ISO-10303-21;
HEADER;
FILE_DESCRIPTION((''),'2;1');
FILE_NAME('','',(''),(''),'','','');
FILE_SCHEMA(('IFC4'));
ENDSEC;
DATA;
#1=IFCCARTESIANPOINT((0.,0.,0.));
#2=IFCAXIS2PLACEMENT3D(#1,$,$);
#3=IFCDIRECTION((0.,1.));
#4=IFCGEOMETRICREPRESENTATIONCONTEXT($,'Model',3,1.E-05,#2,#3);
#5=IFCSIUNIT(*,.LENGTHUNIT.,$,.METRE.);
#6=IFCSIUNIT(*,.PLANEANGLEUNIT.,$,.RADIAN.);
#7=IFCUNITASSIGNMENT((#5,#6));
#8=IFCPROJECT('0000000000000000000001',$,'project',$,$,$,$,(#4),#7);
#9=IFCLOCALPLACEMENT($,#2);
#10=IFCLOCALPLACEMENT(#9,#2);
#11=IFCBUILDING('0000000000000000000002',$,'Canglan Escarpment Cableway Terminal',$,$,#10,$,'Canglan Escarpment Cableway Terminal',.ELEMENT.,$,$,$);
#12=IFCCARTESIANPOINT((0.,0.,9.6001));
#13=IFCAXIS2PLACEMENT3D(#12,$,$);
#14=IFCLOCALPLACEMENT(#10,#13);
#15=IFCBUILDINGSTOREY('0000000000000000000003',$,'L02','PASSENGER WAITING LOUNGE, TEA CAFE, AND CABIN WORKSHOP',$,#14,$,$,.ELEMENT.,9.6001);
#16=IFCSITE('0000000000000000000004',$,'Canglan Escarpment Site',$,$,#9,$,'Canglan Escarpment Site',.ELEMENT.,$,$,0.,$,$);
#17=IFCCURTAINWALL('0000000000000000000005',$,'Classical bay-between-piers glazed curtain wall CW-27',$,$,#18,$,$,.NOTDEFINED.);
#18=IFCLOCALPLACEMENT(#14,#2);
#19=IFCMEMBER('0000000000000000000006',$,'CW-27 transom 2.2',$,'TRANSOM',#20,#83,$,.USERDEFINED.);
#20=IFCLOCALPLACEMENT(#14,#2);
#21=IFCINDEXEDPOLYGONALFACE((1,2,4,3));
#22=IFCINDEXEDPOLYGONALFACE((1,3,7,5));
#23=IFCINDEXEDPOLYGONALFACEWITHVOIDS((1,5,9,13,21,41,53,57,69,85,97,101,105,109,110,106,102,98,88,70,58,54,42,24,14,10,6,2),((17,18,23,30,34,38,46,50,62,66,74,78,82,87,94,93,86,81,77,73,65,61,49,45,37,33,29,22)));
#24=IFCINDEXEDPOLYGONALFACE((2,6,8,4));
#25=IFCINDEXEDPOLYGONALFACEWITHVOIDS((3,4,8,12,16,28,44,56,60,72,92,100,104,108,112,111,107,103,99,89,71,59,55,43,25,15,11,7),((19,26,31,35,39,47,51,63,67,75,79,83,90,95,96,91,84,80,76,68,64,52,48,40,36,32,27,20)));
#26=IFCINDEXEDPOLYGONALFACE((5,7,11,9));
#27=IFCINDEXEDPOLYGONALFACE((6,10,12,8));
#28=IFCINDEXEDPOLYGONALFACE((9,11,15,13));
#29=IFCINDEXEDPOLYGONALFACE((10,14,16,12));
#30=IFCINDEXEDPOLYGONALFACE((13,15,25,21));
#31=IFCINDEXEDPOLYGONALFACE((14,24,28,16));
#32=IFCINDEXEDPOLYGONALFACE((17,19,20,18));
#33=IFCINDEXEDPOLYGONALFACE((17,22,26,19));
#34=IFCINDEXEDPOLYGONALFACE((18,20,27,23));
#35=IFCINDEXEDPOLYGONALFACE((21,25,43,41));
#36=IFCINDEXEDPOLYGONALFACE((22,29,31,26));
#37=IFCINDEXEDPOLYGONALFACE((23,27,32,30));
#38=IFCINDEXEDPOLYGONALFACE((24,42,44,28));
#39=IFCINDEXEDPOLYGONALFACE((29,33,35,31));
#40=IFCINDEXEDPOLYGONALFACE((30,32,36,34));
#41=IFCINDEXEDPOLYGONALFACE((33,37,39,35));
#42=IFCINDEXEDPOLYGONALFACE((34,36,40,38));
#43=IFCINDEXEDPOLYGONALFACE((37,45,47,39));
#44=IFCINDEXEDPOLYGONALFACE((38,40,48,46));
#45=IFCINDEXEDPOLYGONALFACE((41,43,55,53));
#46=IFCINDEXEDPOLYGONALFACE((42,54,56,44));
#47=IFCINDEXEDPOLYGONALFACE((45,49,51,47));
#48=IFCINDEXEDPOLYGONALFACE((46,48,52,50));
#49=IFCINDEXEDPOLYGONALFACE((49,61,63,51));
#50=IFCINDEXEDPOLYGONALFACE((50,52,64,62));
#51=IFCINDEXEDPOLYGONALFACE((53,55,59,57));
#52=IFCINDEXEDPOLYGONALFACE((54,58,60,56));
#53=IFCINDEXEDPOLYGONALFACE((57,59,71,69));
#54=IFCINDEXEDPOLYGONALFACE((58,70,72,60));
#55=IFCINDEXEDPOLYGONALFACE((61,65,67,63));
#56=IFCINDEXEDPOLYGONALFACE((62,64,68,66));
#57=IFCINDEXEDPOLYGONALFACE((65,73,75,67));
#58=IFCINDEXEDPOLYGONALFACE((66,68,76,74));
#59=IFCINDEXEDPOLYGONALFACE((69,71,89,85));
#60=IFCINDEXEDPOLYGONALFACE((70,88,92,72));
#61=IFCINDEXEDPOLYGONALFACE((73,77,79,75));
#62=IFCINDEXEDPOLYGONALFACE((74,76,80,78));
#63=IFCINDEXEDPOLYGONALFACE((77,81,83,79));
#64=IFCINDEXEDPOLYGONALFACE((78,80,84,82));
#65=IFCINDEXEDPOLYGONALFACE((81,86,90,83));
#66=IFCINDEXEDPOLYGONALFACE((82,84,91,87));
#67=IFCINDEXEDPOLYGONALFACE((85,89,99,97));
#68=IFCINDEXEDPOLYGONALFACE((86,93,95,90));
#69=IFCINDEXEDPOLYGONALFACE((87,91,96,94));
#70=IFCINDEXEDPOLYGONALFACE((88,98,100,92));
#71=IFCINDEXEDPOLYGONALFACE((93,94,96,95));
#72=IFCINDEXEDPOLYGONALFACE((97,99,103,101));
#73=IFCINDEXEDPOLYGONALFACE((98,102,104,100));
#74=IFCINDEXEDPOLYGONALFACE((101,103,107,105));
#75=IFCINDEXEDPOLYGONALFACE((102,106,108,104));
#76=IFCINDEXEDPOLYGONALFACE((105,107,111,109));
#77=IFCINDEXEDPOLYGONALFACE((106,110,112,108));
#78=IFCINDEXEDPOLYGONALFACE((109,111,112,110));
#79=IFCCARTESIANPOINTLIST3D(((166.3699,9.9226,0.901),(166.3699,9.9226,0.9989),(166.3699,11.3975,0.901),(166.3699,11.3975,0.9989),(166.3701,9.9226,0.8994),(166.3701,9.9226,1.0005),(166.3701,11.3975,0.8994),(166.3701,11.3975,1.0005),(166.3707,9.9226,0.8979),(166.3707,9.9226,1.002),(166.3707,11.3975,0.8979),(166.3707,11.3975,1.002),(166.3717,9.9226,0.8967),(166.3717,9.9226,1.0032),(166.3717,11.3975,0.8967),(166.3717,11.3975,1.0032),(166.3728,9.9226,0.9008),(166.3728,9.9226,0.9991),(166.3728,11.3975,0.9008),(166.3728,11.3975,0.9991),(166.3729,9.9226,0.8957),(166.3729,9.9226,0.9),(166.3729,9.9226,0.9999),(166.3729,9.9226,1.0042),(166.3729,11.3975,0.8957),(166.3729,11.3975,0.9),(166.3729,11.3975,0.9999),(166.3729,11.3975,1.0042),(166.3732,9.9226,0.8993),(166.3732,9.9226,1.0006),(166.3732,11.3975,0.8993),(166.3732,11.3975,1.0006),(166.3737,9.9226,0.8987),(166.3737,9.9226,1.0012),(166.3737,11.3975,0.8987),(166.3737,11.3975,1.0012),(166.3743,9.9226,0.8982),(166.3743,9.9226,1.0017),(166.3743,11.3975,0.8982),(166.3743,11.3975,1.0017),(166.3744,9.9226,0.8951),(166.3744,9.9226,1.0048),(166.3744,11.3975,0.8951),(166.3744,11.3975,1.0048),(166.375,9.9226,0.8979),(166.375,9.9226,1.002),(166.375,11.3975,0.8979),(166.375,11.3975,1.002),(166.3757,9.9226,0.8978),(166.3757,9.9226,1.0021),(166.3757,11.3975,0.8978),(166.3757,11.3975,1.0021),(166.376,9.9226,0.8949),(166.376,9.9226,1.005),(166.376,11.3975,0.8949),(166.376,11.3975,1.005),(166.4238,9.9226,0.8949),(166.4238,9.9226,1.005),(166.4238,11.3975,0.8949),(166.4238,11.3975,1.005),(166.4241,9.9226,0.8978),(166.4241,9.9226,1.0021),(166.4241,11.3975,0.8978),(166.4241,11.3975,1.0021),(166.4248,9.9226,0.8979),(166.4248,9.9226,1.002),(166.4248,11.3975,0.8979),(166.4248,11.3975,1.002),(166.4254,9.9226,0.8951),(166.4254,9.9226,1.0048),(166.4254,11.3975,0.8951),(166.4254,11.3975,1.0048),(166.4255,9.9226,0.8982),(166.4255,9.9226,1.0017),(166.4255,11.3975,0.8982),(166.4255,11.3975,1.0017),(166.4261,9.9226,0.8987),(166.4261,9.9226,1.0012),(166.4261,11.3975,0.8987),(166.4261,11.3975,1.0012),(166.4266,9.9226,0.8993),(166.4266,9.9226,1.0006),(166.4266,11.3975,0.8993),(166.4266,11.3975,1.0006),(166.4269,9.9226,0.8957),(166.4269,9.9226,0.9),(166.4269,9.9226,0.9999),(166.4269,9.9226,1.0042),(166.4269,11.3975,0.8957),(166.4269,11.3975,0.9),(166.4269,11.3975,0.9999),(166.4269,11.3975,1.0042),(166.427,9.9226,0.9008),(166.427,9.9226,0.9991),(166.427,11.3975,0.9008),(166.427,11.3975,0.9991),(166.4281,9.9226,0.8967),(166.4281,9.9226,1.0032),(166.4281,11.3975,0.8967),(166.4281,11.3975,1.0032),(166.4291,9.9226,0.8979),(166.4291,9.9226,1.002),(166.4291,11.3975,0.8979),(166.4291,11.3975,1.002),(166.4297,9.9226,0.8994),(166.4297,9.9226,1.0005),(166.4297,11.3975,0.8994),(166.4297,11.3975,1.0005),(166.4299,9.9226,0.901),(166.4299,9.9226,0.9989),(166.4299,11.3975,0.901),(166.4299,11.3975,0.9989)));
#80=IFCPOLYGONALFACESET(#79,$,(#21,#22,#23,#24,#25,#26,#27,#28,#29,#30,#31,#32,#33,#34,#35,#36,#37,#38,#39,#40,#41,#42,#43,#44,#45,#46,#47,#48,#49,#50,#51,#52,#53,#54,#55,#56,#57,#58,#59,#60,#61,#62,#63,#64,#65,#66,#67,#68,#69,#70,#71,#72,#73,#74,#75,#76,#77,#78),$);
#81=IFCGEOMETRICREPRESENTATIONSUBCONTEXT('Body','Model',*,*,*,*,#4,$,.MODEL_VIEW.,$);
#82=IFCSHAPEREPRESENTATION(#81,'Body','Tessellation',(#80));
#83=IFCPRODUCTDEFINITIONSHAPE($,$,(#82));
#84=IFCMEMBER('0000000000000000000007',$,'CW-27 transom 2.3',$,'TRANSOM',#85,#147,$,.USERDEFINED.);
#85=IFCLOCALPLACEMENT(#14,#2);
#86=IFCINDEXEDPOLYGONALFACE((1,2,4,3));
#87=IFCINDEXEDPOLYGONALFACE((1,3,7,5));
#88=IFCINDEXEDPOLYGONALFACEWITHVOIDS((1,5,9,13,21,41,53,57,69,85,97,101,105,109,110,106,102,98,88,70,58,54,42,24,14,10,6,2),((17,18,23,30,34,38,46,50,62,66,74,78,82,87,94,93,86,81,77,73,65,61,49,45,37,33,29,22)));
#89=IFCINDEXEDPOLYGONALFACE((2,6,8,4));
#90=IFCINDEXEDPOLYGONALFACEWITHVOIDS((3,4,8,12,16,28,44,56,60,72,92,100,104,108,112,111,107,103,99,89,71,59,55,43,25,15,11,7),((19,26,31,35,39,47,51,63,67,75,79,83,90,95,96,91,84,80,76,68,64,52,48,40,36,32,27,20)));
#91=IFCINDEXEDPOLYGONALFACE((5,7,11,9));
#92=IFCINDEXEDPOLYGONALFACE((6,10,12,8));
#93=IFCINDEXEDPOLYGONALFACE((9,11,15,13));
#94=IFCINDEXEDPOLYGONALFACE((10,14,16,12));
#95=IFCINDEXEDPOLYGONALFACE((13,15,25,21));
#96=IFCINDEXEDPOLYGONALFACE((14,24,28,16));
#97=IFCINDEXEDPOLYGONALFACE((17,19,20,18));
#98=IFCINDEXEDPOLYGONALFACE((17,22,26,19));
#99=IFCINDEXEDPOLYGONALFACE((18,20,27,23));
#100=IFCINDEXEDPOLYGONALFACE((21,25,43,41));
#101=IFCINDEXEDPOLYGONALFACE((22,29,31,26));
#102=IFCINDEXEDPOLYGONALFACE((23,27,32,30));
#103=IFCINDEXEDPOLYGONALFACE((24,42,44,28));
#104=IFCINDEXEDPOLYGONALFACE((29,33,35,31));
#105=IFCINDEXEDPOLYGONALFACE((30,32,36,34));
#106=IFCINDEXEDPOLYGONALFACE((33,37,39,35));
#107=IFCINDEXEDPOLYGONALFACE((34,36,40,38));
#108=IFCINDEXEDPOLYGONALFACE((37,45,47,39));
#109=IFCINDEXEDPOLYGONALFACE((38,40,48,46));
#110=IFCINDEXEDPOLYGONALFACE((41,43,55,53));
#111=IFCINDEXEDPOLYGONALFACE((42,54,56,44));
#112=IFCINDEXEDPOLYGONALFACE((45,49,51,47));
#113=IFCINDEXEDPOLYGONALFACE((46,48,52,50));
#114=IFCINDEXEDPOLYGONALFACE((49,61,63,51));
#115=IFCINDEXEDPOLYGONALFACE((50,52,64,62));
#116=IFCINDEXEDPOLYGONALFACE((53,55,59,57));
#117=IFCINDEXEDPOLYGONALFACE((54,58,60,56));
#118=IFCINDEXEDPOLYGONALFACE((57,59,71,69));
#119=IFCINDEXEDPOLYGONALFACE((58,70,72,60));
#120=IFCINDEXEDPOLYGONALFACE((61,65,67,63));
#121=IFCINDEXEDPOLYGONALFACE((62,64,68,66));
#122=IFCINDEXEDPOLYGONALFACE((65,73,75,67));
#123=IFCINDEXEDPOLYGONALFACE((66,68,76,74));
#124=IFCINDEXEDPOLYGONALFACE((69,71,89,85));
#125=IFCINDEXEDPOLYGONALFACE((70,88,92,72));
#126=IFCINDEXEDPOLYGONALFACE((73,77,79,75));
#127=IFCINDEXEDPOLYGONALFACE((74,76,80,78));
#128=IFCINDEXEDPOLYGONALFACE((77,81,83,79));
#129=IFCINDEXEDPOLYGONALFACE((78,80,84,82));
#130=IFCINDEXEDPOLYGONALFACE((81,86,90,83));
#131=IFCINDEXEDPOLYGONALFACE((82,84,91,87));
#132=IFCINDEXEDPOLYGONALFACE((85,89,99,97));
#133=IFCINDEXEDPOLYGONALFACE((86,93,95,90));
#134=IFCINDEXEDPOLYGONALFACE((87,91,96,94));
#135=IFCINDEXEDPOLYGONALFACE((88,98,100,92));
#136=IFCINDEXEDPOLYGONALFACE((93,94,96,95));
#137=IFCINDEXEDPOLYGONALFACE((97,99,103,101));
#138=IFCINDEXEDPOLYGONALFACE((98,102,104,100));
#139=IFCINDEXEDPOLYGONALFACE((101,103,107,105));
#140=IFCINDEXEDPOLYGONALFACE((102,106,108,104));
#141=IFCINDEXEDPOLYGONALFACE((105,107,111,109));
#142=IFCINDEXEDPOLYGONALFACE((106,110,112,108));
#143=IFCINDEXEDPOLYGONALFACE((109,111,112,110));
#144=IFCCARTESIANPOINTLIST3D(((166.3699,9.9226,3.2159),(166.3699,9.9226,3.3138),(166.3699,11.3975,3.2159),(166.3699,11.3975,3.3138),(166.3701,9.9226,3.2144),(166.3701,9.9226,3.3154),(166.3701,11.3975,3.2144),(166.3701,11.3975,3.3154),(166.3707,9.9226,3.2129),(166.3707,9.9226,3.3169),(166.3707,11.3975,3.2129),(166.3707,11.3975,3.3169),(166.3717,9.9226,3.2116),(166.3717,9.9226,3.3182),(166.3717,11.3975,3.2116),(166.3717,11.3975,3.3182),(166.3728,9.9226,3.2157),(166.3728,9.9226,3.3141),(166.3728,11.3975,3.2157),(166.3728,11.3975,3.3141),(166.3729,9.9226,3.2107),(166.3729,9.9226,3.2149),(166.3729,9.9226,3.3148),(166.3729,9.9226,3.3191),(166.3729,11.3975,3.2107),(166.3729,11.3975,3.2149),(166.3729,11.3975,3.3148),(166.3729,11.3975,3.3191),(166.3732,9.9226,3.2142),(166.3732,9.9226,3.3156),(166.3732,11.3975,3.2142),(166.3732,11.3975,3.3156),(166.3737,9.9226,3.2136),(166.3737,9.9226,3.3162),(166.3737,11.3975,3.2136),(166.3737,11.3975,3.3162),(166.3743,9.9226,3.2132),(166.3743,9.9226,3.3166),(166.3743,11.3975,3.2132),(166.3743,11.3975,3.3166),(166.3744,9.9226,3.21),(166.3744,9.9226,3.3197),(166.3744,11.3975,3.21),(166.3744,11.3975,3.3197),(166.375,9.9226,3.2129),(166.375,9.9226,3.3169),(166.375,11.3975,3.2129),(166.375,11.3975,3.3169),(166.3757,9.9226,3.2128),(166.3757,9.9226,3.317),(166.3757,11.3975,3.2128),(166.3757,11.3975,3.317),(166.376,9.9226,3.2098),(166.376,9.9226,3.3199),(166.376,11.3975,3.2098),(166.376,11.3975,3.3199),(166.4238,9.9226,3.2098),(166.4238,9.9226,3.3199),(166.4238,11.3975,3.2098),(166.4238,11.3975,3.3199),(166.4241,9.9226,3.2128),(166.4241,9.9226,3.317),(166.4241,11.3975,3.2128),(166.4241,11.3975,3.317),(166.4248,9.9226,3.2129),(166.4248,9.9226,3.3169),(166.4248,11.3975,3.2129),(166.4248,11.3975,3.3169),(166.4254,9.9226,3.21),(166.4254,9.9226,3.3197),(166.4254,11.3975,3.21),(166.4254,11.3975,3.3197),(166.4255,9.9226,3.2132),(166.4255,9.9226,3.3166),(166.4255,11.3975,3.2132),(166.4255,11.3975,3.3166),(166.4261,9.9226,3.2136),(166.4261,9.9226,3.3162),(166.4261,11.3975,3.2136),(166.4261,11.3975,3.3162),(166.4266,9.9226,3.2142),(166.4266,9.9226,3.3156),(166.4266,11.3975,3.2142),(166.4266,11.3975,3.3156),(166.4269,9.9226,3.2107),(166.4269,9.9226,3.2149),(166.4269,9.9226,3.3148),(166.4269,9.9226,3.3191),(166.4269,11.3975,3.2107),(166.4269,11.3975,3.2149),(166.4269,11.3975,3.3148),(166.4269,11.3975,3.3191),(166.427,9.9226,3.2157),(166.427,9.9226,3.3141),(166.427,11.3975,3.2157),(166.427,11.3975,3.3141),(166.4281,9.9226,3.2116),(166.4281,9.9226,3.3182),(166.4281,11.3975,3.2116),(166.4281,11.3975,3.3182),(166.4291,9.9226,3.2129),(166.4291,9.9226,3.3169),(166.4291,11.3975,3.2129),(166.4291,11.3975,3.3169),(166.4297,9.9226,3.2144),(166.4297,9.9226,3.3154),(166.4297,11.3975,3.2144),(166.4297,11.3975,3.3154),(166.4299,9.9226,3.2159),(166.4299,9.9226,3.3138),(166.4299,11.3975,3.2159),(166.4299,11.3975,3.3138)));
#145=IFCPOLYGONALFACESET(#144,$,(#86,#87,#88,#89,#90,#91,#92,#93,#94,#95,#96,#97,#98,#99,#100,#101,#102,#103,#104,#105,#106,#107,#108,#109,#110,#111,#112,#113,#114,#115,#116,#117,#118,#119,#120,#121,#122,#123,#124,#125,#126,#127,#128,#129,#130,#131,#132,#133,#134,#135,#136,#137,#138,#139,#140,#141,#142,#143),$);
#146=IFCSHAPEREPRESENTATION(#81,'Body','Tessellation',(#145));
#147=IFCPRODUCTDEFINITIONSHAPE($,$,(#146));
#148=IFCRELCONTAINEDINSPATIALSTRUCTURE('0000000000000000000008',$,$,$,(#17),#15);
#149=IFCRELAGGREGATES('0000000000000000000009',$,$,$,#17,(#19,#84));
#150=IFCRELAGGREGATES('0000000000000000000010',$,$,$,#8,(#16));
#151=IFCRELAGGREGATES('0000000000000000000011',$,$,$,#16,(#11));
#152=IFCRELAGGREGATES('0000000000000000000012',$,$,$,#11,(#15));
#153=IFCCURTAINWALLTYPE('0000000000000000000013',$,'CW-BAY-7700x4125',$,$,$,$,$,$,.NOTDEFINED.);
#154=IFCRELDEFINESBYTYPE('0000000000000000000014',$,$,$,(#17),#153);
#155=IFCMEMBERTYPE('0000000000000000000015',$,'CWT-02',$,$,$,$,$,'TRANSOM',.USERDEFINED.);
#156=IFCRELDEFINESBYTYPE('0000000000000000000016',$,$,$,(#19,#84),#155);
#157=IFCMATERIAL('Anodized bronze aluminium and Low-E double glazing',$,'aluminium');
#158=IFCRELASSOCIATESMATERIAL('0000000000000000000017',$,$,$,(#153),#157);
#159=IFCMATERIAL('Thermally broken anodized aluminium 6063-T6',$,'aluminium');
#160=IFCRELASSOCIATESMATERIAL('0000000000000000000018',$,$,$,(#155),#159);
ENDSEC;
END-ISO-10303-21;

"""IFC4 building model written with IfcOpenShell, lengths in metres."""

from ifc_helpers import new_model, si_unit, direction, frame, origin, origin_2d, place, context, subcontext, project, spatial, hollow_rectangle, extrude, material, material_profile, profile_set, type_object, element, aggregate, save


model = new_model("IFC4")

# Units and contexts
model_context = context("Model", 3, precision=1e-05, world=origin(), true_north=direction((0.0, 1.0)))
body_context = subcontext(model_context, "Body", "Model", "MODEL_VIEW")
ifc_project = project(units=[si_unit("LENGTHUNIT", "METRE"), si_unit("PLANEANGLEUNIT", "RADIAN")], contexts=[model_context])

# Site, building, storey
site_placement = place(None, origin())
site = spatial("IfcSite", under=ifc_project, at=site_placement, Name="Canglan Escarpment Site", LongName="Canglan Escarpment Site", CompositionType="ELEMENT", RefElevation=0.0)
building_placement = place(site_placement, origin())
building = spatial("IfcBuilding", under=site, at=building_placement, Name="Canglan Escarpment Cableway Terminal", LongName="Canglan Escarpment Cableway Terminal", CompositionType="ELEMENT")
storey_placement = place(building_placement, frame((0.0, 0.0, 9.6001)))
storey = spatial("IfcBuildingStorey", under=building, at=storey_placement, Name="L02", Description="PASSENGER WAITING LOUNGE, TEA CAFE, AND CABIN WORKSHOP", CompositionType="ELEMENT", Elevation=9.6001)

# Curtain wall, members
ifc_material_1 = material(Name="Anodized bronze aluminium and Low-E double glazing", Category="aluminium")
curtain_wall_type = type_object("IfcCurtainWallType", Name="CW-BAY-7700x4125", PredefinedType="NOTDEFINED", material=ifc_material_1)
curtain_wall_placement = place(storey_placement, origin())
curtain_wall = element("IfcCurtainWall", 1, at=curtain_wall_placement, inside=storey, type_object=curtain_wall_type, Name="Classical bay-between-piers glazed curtain wall CW-27", PredefinedType="NOTDEFINED")
ifc_material_2 = material(Name="Thermally broken anodized aluminium 6063-T6", Category="aluminium")
ifc_material_profile_1 = material_profile(ifc_material_2, hollow_rectangle(XDim=0.0601, YDim=0.1101, WallThickness=0.0029, InnerFilletRadius=0.0029, OuterFilletRadius=0.0061, at=origin_2d()), Name="ALU-TRAN 60x110x3")
ifc_profile_set_1 = profile_set([ifc_material_profile_1], Name="Thermally broken anodized aluminium 6063-T6")
member_type_1 = type_object("IfcMemberType", Name="CWT-02", ElementType="TRANSOM", PredefinedType="USERDEFINED", material=ifc_profile_set_1)
member_1_placement = place(storey_placement, frame((166.3999, 9.9226, 0.95), z_axis=(0.0, 1.0, 0.0), x_axis=(-1.0, 0.0, 0.0)))
member_1 = element("IfcMember", 2, at=member_1_placement, type_object=member_type_1, Name="CW-27 transom 2.2", ObjectType="TRANSOM", PredefinedType="USERDEFINED", context=body_context, shape_type="SweptSolid", body=[
    extrude(hollow_rectangle(XDim=0.0601, YDim=0.1101, WallThickness=0.0029, InnerFilletRadius=0.0029, OuterFilletRadius=0.0061, at=origin_2d()), origin(), (0.0, 0.0, 1.0), 1.4749),
])
member_2_placement = place(storey_placement, frame((166.3999, 9.9226, 3.2649), z_axis=(0.0, 1.0, 0.0), x_axis=(-1.0, 0.0, 0.0)))
member_2 = element("IfcMember", 3, at=member_2_placement, type_object=member_type_1, Name="CW-27 transom 2.3", ObjectType="TRANSOM", PredefinedType="USERDEFINED", context=body_context, shape_type="SweptSolid", body=[
    extrude(hollow_rectangle(XDim=0.0601, YDim=0.1101, WallThickness=0.0029, InnerFilletRadius=0.0029, OuterFilletRadius=0.0061, at=origin_2d()), origin(), (0.0, 0.0, 1.0), 1.4749),
])

aggregate(curtain_wall, [member_1, member_2])

save(model, "model.ifc")
